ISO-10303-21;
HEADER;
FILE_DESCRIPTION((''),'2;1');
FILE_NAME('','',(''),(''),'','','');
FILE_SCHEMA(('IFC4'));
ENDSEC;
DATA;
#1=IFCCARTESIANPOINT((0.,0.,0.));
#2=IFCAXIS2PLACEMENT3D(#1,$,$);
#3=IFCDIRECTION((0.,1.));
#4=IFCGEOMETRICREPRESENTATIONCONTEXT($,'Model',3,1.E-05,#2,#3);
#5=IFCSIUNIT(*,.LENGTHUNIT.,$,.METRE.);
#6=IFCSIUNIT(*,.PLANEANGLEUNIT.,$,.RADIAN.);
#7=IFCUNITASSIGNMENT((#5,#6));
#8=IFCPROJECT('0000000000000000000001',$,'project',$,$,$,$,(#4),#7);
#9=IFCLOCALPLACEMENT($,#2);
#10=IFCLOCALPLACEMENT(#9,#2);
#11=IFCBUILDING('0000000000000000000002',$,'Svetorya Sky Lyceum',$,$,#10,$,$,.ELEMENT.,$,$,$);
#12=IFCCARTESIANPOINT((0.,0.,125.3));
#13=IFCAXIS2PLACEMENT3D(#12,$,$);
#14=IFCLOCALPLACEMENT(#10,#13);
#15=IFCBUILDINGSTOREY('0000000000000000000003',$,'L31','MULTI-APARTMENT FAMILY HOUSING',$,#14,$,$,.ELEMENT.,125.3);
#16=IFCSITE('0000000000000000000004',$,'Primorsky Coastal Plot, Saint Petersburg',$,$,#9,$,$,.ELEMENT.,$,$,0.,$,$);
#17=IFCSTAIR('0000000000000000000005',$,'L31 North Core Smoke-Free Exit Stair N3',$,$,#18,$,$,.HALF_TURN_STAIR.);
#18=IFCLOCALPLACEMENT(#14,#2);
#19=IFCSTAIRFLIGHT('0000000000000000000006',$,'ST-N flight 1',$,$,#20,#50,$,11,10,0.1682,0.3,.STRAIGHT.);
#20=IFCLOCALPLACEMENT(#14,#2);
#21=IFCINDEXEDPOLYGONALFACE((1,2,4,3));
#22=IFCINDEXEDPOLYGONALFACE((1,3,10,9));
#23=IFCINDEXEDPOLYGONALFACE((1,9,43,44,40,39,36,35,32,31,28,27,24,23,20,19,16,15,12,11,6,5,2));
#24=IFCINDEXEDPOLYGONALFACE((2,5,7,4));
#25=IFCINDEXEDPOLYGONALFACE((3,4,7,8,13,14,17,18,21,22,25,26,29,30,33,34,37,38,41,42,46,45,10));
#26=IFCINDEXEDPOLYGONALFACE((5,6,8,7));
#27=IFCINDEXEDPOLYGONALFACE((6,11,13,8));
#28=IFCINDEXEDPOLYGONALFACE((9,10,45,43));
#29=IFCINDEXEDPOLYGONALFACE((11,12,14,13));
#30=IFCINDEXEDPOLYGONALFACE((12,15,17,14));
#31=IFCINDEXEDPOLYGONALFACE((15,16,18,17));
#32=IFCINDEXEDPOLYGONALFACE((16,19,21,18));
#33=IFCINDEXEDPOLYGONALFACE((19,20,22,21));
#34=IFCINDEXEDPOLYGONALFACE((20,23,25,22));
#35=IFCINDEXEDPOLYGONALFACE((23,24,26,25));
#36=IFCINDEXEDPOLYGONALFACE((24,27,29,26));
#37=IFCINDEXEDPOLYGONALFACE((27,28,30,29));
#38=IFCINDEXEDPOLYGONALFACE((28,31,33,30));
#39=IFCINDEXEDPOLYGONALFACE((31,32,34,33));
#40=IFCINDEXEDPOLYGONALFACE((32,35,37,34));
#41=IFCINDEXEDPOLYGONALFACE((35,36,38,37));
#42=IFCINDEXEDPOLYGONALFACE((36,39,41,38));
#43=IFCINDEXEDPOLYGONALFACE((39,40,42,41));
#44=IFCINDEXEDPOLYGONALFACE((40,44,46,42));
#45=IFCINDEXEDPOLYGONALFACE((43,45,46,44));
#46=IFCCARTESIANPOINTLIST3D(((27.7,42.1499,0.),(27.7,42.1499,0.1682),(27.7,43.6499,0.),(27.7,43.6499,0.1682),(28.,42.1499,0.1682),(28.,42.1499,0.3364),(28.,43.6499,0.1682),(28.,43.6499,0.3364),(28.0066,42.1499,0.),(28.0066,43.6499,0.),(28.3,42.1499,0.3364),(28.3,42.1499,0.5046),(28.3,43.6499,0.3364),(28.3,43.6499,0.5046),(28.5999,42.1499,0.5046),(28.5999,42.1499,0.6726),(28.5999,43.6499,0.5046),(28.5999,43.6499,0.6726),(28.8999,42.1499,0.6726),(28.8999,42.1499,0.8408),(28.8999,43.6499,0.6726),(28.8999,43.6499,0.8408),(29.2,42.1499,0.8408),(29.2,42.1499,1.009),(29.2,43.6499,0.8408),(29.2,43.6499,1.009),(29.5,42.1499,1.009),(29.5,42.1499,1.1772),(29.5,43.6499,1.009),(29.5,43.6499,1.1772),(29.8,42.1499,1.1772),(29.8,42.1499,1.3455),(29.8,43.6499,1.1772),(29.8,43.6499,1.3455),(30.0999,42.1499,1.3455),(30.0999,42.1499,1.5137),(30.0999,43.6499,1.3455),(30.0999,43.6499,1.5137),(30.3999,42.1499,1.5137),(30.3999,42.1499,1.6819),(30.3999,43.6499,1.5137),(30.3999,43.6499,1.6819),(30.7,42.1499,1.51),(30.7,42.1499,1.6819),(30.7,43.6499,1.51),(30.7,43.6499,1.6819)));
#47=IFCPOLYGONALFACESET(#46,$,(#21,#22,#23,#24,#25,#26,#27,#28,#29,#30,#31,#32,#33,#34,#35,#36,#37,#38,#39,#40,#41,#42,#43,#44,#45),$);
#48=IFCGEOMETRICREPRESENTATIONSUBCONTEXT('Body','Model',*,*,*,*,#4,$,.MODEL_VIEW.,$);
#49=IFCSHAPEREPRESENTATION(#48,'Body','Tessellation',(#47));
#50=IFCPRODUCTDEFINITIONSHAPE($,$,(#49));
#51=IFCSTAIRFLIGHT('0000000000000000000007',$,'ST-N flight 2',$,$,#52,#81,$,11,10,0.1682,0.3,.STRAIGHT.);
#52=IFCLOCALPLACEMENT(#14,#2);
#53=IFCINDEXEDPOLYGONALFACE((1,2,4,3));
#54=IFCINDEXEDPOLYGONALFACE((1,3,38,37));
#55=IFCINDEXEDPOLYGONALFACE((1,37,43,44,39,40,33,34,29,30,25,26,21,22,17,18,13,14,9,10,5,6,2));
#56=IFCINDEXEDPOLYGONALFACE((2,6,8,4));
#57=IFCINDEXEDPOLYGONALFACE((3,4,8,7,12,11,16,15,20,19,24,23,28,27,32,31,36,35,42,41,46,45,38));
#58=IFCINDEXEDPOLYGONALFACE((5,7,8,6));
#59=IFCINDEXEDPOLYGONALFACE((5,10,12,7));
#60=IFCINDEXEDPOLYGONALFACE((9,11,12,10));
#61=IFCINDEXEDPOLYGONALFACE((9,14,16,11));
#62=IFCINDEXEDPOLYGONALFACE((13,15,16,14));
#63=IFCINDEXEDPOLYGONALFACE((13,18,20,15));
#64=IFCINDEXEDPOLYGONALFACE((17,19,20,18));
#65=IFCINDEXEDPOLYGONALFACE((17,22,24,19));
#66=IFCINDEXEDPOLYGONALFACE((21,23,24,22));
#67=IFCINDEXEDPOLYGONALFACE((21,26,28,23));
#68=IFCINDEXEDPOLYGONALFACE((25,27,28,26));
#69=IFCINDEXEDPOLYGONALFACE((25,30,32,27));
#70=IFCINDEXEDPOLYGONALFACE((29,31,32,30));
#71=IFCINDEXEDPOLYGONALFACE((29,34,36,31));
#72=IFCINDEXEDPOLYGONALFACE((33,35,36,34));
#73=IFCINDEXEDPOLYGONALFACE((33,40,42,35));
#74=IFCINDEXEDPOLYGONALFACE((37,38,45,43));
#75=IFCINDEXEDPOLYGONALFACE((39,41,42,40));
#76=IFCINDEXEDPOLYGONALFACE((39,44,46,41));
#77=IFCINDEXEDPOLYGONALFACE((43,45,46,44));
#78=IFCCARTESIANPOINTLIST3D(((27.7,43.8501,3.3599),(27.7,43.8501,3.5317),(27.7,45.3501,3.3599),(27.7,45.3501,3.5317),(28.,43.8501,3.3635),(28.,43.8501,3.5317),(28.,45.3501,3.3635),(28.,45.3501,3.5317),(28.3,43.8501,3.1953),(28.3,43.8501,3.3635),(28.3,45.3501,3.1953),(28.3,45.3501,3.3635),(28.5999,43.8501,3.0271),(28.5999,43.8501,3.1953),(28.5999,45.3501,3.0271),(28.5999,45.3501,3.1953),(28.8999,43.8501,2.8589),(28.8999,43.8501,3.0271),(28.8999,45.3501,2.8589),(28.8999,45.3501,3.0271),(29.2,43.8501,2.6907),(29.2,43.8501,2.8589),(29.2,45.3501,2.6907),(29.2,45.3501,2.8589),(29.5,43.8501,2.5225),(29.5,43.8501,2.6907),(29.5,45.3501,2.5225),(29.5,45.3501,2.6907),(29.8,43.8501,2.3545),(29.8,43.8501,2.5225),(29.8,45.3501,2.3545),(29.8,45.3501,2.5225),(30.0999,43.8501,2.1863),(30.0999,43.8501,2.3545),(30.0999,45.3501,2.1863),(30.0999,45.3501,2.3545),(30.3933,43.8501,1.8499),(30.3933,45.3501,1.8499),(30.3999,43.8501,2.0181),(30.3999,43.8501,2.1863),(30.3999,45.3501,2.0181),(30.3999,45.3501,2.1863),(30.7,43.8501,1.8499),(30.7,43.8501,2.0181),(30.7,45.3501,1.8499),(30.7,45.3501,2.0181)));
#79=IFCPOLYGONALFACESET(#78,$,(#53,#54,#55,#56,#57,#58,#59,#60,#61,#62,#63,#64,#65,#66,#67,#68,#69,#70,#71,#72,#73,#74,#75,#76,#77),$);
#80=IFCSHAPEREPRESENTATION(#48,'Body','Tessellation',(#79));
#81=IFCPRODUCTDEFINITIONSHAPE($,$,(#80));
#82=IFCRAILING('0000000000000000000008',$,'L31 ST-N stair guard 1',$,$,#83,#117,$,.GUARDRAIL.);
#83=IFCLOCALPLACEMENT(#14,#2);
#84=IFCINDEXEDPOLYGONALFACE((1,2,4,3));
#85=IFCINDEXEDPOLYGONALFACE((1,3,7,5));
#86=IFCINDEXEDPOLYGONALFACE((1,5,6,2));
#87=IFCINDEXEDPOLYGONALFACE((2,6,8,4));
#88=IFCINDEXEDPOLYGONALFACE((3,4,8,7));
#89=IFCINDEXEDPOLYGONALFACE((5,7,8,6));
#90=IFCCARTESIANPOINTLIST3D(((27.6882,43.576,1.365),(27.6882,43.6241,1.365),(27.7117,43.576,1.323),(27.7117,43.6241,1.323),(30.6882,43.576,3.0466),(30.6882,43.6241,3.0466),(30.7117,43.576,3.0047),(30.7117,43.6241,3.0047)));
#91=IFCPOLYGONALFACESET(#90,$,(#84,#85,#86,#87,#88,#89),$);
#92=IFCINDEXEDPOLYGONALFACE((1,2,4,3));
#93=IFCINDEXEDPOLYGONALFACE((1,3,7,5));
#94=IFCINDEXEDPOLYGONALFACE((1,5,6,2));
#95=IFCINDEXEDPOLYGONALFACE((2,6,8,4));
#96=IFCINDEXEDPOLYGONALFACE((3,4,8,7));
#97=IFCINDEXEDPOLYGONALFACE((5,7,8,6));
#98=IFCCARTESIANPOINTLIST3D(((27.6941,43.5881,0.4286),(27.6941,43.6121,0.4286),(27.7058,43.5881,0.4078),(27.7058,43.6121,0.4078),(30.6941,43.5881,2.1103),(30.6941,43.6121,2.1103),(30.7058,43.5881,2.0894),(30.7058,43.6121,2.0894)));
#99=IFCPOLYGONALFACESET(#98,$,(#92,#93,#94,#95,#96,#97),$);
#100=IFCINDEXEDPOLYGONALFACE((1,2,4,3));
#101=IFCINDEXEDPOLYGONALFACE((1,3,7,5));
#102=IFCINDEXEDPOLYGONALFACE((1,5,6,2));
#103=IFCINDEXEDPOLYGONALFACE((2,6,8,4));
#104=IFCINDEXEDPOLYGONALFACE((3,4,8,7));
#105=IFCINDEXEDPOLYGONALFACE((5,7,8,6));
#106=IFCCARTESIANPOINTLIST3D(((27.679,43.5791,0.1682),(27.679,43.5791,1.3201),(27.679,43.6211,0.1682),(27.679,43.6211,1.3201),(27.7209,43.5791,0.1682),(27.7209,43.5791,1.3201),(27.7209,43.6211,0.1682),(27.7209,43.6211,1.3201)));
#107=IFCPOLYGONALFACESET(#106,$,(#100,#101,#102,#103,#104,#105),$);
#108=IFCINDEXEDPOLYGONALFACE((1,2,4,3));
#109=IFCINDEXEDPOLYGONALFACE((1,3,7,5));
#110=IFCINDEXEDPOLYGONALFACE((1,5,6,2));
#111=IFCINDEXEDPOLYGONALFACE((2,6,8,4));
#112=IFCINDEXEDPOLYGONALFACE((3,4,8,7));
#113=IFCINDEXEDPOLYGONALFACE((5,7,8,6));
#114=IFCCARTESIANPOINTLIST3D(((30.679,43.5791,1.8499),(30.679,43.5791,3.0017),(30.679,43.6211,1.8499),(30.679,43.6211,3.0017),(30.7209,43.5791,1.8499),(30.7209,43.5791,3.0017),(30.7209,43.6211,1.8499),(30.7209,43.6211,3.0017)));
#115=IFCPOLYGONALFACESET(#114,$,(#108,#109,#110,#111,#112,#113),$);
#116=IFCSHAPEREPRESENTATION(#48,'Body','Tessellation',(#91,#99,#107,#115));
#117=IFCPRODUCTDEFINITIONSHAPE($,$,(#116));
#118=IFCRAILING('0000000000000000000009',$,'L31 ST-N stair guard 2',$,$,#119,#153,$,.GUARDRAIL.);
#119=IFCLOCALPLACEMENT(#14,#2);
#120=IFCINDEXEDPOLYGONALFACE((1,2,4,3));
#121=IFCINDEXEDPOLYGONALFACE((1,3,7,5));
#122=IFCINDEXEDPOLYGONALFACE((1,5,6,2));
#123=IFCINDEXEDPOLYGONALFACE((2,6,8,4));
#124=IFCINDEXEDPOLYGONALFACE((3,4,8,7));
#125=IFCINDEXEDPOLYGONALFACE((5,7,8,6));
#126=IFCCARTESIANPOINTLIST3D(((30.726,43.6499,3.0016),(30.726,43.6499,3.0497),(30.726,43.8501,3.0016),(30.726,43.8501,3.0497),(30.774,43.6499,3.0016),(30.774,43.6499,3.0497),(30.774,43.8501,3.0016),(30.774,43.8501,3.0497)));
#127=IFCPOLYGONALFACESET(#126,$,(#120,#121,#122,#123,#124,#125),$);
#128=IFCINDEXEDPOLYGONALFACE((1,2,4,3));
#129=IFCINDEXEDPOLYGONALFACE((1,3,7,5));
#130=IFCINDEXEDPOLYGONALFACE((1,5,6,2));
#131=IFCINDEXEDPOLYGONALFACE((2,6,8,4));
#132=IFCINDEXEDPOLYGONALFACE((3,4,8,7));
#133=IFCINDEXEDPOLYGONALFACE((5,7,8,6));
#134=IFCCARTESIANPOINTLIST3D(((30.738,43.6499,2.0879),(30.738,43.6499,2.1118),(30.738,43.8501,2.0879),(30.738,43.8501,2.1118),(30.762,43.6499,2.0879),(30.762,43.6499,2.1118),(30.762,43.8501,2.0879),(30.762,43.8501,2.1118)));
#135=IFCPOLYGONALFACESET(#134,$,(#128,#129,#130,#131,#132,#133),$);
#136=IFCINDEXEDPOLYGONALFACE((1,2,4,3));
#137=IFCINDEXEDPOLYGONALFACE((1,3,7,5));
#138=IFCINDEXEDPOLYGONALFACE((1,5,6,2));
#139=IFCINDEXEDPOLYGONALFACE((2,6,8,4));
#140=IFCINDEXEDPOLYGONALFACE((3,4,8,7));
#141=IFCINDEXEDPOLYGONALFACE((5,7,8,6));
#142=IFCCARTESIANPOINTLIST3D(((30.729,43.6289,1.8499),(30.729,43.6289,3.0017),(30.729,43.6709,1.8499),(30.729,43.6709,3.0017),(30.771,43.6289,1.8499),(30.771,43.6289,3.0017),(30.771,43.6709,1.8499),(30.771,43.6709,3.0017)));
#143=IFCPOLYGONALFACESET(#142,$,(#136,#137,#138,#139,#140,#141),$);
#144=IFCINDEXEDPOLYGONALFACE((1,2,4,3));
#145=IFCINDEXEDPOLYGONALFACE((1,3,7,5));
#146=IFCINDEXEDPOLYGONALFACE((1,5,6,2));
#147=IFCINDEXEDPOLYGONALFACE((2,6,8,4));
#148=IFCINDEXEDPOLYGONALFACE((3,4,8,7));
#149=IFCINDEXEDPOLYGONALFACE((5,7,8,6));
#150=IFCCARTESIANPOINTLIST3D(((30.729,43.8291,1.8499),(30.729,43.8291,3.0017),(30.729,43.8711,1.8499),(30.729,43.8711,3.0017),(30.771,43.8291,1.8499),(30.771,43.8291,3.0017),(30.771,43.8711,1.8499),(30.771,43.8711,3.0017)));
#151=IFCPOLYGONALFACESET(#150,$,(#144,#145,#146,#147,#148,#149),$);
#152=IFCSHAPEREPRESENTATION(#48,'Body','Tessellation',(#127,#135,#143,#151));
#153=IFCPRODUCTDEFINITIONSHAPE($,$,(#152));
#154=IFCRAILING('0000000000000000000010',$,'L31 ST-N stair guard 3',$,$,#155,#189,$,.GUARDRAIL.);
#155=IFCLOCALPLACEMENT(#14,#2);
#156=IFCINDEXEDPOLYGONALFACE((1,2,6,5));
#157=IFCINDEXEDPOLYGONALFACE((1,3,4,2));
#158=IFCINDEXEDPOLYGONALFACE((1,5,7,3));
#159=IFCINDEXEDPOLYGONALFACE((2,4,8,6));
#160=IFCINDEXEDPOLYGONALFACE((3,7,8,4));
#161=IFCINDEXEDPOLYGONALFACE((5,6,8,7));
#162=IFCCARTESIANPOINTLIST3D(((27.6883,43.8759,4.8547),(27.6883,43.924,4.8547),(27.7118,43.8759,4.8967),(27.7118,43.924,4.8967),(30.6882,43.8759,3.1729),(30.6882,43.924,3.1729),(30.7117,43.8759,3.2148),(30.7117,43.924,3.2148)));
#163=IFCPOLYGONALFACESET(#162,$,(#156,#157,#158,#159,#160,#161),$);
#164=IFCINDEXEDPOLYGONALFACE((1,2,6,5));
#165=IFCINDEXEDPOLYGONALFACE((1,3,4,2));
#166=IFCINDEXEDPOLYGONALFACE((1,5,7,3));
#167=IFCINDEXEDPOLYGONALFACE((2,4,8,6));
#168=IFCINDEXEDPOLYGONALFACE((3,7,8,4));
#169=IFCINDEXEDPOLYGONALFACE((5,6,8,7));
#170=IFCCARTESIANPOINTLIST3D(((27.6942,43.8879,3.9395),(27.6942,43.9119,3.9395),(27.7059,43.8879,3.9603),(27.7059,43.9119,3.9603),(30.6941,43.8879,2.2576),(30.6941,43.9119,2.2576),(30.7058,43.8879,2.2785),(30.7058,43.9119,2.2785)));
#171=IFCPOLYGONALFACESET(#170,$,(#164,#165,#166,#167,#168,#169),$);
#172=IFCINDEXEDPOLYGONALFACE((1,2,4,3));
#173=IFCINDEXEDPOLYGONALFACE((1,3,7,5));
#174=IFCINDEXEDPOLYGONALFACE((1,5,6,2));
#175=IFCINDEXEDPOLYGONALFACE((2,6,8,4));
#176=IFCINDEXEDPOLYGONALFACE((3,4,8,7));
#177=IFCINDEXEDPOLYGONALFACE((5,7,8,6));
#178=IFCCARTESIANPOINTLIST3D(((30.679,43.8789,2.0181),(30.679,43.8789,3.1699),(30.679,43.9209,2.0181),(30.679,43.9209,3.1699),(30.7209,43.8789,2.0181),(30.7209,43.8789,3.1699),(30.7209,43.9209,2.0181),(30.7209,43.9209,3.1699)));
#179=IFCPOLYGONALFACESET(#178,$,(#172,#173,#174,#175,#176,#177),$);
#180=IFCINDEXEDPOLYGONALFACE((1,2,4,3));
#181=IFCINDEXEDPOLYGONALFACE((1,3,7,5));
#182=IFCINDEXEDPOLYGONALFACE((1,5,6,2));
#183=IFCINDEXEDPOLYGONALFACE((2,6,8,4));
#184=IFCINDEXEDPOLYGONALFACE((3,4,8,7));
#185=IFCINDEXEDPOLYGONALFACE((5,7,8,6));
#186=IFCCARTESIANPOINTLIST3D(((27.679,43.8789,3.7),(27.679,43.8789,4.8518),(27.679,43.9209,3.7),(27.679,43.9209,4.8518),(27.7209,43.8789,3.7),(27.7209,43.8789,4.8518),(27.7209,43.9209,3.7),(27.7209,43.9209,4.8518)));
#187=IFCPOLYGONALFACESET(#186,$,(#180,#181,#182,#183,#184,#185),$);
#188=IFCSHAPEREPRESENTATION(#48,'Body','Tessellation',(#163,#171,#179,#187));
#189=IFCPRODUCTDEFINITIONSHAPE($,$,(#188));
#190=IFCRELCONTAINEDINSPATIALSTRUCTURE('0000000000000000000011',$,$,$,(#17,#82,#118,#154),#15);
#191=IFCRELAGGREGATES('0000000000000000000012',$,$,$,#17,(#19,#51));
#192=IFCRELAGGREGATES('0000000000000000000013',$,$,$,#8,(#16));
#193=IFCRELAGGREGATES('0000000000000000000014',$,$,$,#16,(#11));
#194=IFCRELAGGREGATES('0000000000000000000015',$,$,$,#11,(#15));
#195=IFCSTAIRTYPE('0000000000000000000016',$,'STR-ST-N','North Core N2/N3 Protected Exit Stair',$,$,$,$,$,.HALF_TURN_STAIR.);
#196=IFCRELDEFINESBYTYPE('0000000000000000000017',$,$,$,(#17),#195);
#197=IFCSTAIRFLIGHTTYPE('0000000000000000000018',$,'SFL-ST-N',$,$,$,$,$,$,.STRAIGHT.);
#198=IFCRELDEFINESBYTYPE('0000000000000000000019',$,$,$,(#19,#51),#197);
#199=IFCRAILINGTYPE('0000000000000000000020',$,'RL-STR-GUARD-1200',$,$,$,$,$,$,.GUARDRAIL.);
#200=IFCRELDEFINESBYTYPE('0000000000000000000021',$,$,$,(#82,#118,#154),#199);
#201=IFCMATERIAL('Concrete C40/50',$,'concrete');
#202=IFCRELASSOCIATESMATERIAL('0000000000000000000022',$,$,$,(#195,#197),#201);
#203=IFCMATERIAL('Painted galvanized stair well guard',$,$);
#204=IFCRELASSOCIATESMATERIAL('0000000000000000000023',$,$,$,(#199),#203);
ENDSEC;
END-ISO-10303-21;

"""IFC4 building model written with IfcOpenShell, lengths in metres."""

from ifc_helpers import new_model, si_unit, direction, frame, origin, origin_2d, place, context, subcontext, project, spatial, polyline, rectangle, outline, extrude, material, type_object, element, aggregate, save


model = new_model("IFC4")

# Units and contexts
model_context = context("Model", 3, precision=1e-05, world=origin(), true_north=direction((0.0, 1.0)))
body_context = subcontext(model_context, "Body", "Model", "MODEL_VIEW")
ifc_project = project(units=[si_unit("LENGTHUNIT", "METRE"), si_unit("PLANEANGLEUNIT", "RADIAN")], contexts=[model_context])

# Site, building, storey
site_placement = place(None, origin())
site = spatial("IfcSite", under=ifc_project, at=site_placement, Name="Primorsky Coastal Plot, Saint Petersburg", CompositionType="ELEMENT", RefElevation=0.0)
building_placement = place(site_placement, origin())
building = spatial("IfcBuilding", under=site, at=building_placement, Name="Svetorya Sky Lyceum", CompositionType="ELEMENT")
storey_placement = place(building_placement, frame((0.0, 0.0, 125.3)))
storey = spatial("IfcBuildingStorey", under=building, at=storey_placement, Name="L31", Description="MULTI-APARTMENT FAMILY HOUSING", CompositionType="ELEMENT", Elevation=125.3)

# Stair, stair flights
ifc_material_1 = material(Name="Concrete C40/50", Category="concrete")
stair_type = type_object("IfcStairType", Name="STR-ST-N", Description="North Core N2/N3 Protected Exit Stair", PredefinedType="HALF_TURN_STAIR", material=ifc_material_1)
stair_placement = place(storey_placement, origin())
stair = element("IfcStair", 1, at=stair_placement, inside=storey, type_object=stair_type, Name="L31 North Core Smoke-Free Exit Stair N3", PredefinedType="HALF_TURN_STAIR")
stair_flight_type = type_object("IfcStairFlightType", Name="SFL-ST-N", PredefinedType="STRAIGHT", material=ifc_material_1)
stair_flight_1_placement = place(storey_placement, frame((27.7, 42.8999, 0.0), z_axis=(0.0, 0.0, 1.0), x_axis=(1.0, 0.0, 0.0)))
stair_flight_1 = element("IfcStairFlight", 2, at=stair_flight_1_placement, type_object=stair_flight_type, Name="ST-N flight 1", NumberOfRisers=11, NumberOfTreads=10, PredefinedType="STRAIGHT", RiserHeight=0.1682, TreadLength=0.3, context=body_context, shape_type="SweptSolid", body=[
    extrude(outline(polyline([(0.0, 0.0), (0.0, 0.1682), (0.3, 0.1682), (0.3, 0.3364), (0.6001, 0.3364), (0.6001, 0.5046), (0.8999, 0.5046), (0.8999, 0.6726), (1.2, 0.6726), (1.2, 0.8408), (1.5, 0.8408), (1.5, 1.009), (1.8, 1.009), (1.8, 1.1772), (2.1001, 1.1772), (2.1001, 1.3455), (2.3999, 1.3455), (2.3999, 1.5137), (2.7, 1.5137), (2.7, 1.6819), (3.0, 1.6819), (3.0, 1.8501), (3.0, 1.51), (0.3066, 0.0), (0.0, 0.0)])), frame((0.0, 0.75, 0.0), z_axis=(0.0, -1.0, 0.0), x_axis=(1.0, 0.0, 0.0)), (0.0, 0.0, 1.0), 1.5),
])
stair_flight_2_placement = place(storey_placement, frame((30.7, 44.6001, 1.8499), z_axis=(0.0, 0.0, 1.0), x_axis=(-1.0, 0.0, 0.0)))
stair_flight_2 = element("IfcStairFlight", 3, at=stair_flight_2_placement, type_object=stair_flight_type, Name="ST-N flight 2", NumberOfRisers=11, NumberOfTreads=10, PredefinedType="STRAIGHT", RiserHeight=0.1682, TreadLength=0.3, context=body_context, shape_type="SweptSolid", body=[
    extrude(outline(polyline([(0.0, 0.0), (0.0, 0.1682), (0.3, 0.1682), (0.3, 0.3364), (0.6001, 0.3364), (0.6001, 0.5046), (0.8999, 0.5046), (0.8999, 0.6726), (1.2, 0.6726), (1.2, 0.8408), (1.5, 0.8408), (1.5, 1.009), (1.8, 1.009), (1.8, 1.1772), (2.1001, 1.1772), (2.1001, 1.3455), (2.3999, 1.3455), (2.3999, 1.5137), (2.7, 1.5137), (2.7, 1.6819), (3.0, 1.6819), (3.0, 1.8501), (3.0, 1.51), (0.3066, 0.0), (0.0, 0.0)])), frame((0.0, 0.75, 0.0), z_axis=(0.0, -1.0, 0.0), x_axis=(1.0, 0.0, 0.0)), (0.0, 0.0, 1.0), 1.5),
])
aggregate(stair, [stair_flight_1, stair_flight_2])

# Railings
ifc_material_2 = material(Name="Painted galvanized stair well guard")
railing_type_1 = type_object("IfcRailingType", Name="RL-STR-GUARD-1200", PredefinedType="GUARDRAIL", material=ifc_material_2)
railing_1_placement = place(storey_placement, frame((27.7, 43.6001, 0.1682)))
element("IfcRailing", 4, at=railing_1_placement, inside=storey, type_object=railing_type_1, Name="L31 ST-N stair guard 1", PredefinedType="GUARDRAIL", context=body_context, shape_type="SweptSolid", body=[
    extrude(rectangle(XDim=0.0481, YDim=0.0481, at=origin_2d()), frame((0.0, 0.0, 1.1758), z_axis=(0.872303, 0.0, 0.488966), x_axis=(0.0, 1.0, 0.0)), (0.0, 0.0, 1.0), 3.4392),
    extrude(rectangle(XDim=0.0239, YDim=0.0239, at=origin_2d()), frame((0.0, 0.0, 0.25), z_axis=(0.872303, 0.0, 0.488966), x_axis=(0.0, 1.0, 0.0)), (0.0, 0.0, 1.0), 3.4392),
    extrude(rectangle(XDim=0.042, YDim=0.042, at=origin_2d()), origin(), (0.0, 0.0, 1.0), 1.1519),
    extrude(rectangle(XDim=0.042, YDim=0.042, at=origin_2d()), frame((3.0, 0.0, 1.6816)), (0.0, 0.0, 1.0), 1.1519),
])
railing_2_placement = place(storey_placement, frame((30.75, 43.6499, 1.8499)))
element("IfcRailing", 5, at=railing_2_placement, inside=storey, type_object=railing_type_1, Name="L31 ST-N stair guard 2", PredefinedType="GUARDRAIL", context=body_context, shape_type="SweptSolid", body=[
    extrude(rectangle(XDim=0.0481, YDim=0.0481, at=origin_2d()), frame((0.0, 0.0, 1.1758), z_axis=(0.0, 1.0, 0.0), x_axis=(-1.0, 0.0, 0.0)), (0.0, 0.0, 1.0), 0.2002),
    extrude(rectangle(XDim=0.0239, YDim=0.0239, at=origin_2d()), frame((0.0, 0.0, 0.25), z_axis=(0.0, 1.0, 0.0), x_axis=(-1.0, 0.0, 0.0)), (0.0, 0.0, 1.0), 0.2002),
    extrude(rectangle(XDim=0.042, YDim=0.042, at=origin_2d()), origin(), (0.0, 0.0, 1.0), 1.1519),
    extrude(rectangle(XDim=0.042, YDim=0.042, at=origin_2d()), frame((0.0, 0.2002, 0.0)), (0.0, 0.0, 1.0), 1.1519),
])
railing_3_placement = place(storey_placement, frame((30.7, 43.8999, 2.0181)))
element("IfcRailing", 6, at=railing_3_placement, inside=storey, type_object=railing_type_1, Name="L31 ST-N stair guard 3", PredefinedType="GUARDRAIL", context=body_context, shape_type="SweptSolid", body=[
    extrude(rectangle(XDim=0.0481, YDim=0.0481, at=origin_2d()), frame((0.0, 0.0, 1.1758), z_axis=(-0.872272, 0.0, 0.48902), x_axis=(0.0, -1.0, 0.0)), (0.0, 0.0, 1.0), 3.4392),
    extrude(rectangle(XDim=0.0239, YDim=0.0239, at=origin_2d()), frame((0.0, 0.0, 0.25), z_axis=(-0.872272, 0.0, 0.48902), x_axis=(0.0, -1.0, 0.0)), (0.0, 0.0, 1.0), 3.4392),
    extrude(rectangle(XDim=0.042, YDim=0.042, at=origin_2d()), origin(), (0.0, 0.0, 1.0), 1.1519),
    extrude(rectangle(XDim=0.042, YDim=0.042, at=origin_2d()), frame((-3.0, 0.0, 1.6819)), (0.0, 0.0, 1.0), 1.1519),
])

save(model, "model.ifc")
